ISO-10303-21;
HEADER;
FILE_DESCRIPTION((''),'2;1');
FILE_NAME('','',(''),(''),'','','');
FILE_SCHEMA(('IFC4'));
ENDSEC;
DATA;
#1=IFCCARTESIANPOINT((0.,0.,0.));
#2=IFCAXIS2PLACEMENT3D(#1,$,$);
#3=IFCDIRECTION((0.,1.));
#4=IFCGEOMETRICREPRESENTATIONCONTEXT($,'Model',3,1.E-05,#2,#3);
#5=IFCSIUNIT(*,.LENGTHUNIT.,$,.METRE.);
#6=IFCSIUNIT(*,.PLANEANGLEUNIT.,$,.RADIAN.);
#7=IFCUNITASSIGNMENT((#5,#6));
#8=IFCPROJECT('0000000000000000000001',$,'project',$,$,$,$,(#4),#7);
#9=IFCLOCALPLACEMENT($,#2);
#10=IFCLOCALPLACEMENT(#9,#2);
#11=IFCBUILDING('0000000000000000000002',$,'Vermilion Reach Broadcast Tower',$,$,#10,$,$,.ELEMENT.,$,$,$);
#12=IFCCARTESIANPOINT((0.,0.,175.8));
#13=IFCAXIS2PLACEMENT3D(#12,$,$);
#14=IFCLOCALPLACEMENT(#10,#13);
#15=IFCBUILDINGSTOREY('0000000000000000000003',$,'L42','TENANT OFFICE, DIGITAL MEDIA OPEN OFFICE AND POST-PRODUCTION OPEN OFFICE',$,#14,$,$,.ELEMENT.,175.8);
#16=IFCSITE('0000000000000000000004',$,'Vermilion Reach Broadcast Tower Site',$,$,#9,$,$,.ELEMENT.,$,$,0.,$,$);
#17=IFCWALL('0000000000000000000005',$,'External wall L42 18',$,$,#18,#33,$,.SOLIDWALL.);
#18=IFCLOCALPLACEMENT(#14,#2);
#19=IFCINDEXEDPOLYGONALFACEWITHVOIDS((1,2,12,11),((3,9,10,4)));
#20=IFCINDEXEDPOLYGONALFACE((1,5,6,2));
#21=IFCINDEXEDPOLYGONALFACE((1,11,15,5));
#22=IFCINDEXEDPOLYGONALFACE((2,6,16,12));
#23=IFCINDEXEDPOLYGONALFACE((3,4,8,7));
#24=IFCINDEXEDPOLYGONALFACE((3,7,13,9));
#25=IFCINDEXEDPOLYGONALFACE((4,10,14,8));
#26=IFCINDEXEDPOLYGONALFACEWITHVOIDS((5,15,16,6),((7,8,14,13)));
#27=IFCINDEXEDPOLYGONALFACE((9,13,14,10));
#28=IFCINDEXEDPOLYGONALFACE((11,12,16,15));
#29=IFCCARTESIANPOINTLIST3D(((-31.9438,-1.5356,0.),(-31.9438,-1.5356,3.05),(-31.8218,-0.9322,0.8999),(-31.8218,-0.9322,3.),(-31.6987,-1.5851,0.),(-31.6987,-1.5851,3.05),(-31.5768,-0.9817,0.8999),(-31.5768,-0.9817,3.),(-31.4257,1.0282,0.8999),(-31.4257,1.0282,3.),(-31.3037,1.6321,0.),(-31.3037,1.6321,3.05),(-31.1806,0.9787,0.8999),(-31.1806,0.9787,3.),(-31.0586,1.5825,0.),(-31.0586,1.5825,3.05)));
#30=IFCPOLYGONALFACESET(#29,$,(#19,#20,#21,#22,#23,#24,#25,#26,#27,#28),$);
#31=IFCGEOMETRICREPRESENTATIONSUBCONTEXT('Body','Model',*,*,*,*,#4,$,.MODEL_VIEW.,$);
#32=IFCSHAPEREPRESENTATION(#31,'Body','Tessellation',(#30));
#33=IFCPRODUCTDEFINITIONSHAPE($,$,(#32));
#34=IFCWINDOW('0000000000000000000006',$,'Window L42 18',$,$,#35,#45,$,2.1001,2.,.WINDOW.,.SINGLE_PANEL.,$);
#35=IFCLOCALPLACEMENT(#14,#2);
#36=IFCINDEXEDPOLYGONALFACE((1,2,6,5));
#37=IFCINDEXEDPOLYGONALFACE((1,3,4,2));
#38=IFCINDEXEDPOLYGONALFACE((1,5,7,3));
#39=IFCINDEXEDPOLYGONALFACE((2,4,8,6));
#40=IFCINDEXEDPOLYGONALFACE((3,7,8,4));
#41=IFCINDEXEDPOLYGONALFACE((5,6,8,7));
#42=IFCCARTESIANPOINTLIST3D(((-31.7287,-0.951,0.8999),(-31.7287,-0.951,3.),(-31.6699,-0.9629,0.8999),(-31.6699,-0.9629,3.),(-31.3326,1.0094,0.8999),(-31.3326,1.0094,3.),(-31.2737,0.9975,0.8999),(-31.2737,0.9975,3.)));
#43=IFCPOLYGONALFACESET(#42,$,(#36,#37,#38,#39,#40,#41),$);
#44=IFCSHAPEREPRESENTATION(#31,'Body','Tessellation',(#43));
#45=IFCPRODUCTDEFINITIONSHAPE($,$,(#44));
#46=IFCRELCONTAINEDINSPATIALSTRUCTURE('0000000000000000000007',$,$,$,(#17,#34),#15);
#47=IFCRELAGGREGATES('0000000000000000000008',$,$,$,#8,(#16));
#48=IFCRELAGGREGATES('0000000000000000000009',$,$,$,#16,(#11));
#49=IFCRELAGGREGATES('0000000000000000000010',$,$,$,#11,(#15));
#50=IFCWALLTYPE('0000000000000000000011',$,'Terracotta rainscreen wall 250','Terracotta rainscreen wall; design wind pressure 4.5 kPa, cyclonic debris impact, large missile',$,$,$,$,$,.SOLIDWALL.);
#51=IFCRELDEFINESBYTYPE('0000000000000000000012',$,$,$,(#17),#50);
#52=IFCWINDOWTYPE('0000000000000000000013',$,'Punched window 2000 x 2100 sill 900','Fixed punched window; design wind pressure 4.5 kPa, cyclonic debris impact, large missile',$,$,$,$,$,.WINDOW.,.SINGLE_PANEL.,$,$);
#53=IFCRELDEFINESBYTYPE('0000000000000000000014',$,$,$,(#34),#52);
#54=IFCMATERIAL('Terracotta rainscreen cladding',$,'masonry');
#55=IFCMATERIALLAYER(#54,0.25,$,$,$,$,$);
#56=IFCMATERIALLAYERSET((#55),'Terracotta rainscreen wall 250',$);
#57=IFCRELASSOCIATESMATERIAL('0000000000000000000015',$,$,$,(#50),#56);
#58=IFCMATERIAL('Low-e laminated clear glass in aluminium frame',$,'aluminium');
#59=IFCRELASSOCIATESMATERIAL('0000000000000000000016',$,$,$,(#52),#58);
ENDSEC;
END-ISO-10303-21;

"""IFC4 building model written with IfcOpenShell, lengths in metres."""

from ifc_helpers import new_model, si_unit, direction, frame, frame_2d, origin, place, context, subcontext, project, spatial, rectangle, extrude, material, layer, layer_set, type_object, element, fill, save


model = new_model("IFC4")

# Units and contexts
model_context = context("Model", 3, precision=1e-05, world=origin(), true_north=direction((0.0, 1.0)))
body_context = subcontext(model_context, "Body", "Model", "MODEL_VIEW")
ifc_project = project(units=[si_unit("LENGTHUNIT", "METRE"), si_unit("PLANEANGLEUNIT", "RADIAN")], contexts=[model_context])

# Site, building, storey
site_placement = place(None, origin())
site = spatial("IfcSite", under=ifc_project, at=site_placement, Name="Vermilion Reach Broadcast Tower Site", CompositionType="ELEMENT", RefElevation=0.0)
building_placement = place(site_placement, origin())
building = spatial("IfcBuilding", under=site, at=building_placement, Name="Vermilion Reach Broadcast Tower", CompositionType="ELEMENT")
storey_placement = place(building_placement, frame((0.0, 0.0, 175.8)))
storey = spatial("IfcBuildingStorey", under=building, at=storey_placement, Name="L42", Description="TENANT OFFICE, DIGITAL MEDIA OPEN OFFICE AND POST-PRODUCTION OPEN OFFICE", CompositionType="ELEMENT", Elevation=175.8)

# Shared definitions
ifc_material_1 = material(Name="Terracotta rainscreen cladding", Category="masonry")
ifc_layer_1 = layer(ifc_material_1, 0.25)
ifc_layer_set_1 = layer_set([ifc_layer_1], Name="Terracotta rainscreen wall 250")
wall_type_1 = type_object("IfcWallType", Name="Terracotta rainscreen wall 250", Description="Terracotta rainscreen wall; design wind pressure 4.5 kPa, cyclonic debris impact, large missile", PredefinedType="SOLIDWALL", material=ifc_layer_set_1)
ifc_material_2 = material(Name="Low-e laminated clear glass in aluminium frame", Category="aluminium")
window_type = type_object("IfcWindowType", Name="Punched window 2000 x 2100 sill 900", Description="Fixed punched window; design wind pressure 4.5 kPa, cyclonic debris impact, large missile", PartitioningType="SINGLE_PANEL", PredefinedType="WINDOW", material=ifc_material_2)

# Wall, opening, window
wall_1_placement = place(storey_placement, frame((-31.1812, 1.6072, 0.0), z_axis=(0.0, 0.0, 1.0), x_axis=(-0.198077, -0.980186, 0.0)))
wall_1 = element("IfcWall", 1, at=wall_1_placement, inside=storey, type_object=wall_type_1, Name="External wall L42 18", PredefinedType="SOLIDWALL", context=body_context, shape_type="SweptSolid", body=[
    extrude(rectangle(XDim=3.2317, YDim=0.25, at=frame_2d((1.6157, 0.0))), origin(), (0.0, 0.0, 1.0), 3.05),
])
opening_1_placement = place(wall_1_placement, frame((0.616, 0.0, 0.8999)))
opening_1 = element("IfcOpeningElement", 2, at=opening_1_placement, cuts=wall_1, PredefinedType="OPENING", context=body_context, shape_type="SweptSolid", body=[
    extrude(rectangle(XDim=2.0, YDim=2.1001, at=frame_2d((1.0, 1.05))), frame((0.0, 0.135, 0.0), z_axis=(0.0, -1.0, 0.0), x_axis=(1.0, 0.0, 0.0)), (0.0, 0.0, 1.0), 0.27),
])
window_1_placement = place(opening_1_placement, origin())
window_1 = element("IfcWindow", 3, at=window_1_placement, inside=storey, type_object=window_type, Name="Window L42 18", OverallHeight=2.1001, OverallWidth=2.0, PartitioningType="SINGLE_PANEL", PredefinedType="WINDOW", context=body_context, shape_type="SweptSolid", body=[
    extrude(rectangle(XDim=2.0, YDim=2.1001, at=frame_2d((1.0, 1.05))), frame((0.0, 0.03, 0.0), z_axis=(0.0, -1.0, 0.0), x_axis=(1.0, 0.0, 0.0)), (0.0, 0.0, 1.0), 0.0601),
])
fill(opening_1, window_1)

save(model, "model.ifc")
